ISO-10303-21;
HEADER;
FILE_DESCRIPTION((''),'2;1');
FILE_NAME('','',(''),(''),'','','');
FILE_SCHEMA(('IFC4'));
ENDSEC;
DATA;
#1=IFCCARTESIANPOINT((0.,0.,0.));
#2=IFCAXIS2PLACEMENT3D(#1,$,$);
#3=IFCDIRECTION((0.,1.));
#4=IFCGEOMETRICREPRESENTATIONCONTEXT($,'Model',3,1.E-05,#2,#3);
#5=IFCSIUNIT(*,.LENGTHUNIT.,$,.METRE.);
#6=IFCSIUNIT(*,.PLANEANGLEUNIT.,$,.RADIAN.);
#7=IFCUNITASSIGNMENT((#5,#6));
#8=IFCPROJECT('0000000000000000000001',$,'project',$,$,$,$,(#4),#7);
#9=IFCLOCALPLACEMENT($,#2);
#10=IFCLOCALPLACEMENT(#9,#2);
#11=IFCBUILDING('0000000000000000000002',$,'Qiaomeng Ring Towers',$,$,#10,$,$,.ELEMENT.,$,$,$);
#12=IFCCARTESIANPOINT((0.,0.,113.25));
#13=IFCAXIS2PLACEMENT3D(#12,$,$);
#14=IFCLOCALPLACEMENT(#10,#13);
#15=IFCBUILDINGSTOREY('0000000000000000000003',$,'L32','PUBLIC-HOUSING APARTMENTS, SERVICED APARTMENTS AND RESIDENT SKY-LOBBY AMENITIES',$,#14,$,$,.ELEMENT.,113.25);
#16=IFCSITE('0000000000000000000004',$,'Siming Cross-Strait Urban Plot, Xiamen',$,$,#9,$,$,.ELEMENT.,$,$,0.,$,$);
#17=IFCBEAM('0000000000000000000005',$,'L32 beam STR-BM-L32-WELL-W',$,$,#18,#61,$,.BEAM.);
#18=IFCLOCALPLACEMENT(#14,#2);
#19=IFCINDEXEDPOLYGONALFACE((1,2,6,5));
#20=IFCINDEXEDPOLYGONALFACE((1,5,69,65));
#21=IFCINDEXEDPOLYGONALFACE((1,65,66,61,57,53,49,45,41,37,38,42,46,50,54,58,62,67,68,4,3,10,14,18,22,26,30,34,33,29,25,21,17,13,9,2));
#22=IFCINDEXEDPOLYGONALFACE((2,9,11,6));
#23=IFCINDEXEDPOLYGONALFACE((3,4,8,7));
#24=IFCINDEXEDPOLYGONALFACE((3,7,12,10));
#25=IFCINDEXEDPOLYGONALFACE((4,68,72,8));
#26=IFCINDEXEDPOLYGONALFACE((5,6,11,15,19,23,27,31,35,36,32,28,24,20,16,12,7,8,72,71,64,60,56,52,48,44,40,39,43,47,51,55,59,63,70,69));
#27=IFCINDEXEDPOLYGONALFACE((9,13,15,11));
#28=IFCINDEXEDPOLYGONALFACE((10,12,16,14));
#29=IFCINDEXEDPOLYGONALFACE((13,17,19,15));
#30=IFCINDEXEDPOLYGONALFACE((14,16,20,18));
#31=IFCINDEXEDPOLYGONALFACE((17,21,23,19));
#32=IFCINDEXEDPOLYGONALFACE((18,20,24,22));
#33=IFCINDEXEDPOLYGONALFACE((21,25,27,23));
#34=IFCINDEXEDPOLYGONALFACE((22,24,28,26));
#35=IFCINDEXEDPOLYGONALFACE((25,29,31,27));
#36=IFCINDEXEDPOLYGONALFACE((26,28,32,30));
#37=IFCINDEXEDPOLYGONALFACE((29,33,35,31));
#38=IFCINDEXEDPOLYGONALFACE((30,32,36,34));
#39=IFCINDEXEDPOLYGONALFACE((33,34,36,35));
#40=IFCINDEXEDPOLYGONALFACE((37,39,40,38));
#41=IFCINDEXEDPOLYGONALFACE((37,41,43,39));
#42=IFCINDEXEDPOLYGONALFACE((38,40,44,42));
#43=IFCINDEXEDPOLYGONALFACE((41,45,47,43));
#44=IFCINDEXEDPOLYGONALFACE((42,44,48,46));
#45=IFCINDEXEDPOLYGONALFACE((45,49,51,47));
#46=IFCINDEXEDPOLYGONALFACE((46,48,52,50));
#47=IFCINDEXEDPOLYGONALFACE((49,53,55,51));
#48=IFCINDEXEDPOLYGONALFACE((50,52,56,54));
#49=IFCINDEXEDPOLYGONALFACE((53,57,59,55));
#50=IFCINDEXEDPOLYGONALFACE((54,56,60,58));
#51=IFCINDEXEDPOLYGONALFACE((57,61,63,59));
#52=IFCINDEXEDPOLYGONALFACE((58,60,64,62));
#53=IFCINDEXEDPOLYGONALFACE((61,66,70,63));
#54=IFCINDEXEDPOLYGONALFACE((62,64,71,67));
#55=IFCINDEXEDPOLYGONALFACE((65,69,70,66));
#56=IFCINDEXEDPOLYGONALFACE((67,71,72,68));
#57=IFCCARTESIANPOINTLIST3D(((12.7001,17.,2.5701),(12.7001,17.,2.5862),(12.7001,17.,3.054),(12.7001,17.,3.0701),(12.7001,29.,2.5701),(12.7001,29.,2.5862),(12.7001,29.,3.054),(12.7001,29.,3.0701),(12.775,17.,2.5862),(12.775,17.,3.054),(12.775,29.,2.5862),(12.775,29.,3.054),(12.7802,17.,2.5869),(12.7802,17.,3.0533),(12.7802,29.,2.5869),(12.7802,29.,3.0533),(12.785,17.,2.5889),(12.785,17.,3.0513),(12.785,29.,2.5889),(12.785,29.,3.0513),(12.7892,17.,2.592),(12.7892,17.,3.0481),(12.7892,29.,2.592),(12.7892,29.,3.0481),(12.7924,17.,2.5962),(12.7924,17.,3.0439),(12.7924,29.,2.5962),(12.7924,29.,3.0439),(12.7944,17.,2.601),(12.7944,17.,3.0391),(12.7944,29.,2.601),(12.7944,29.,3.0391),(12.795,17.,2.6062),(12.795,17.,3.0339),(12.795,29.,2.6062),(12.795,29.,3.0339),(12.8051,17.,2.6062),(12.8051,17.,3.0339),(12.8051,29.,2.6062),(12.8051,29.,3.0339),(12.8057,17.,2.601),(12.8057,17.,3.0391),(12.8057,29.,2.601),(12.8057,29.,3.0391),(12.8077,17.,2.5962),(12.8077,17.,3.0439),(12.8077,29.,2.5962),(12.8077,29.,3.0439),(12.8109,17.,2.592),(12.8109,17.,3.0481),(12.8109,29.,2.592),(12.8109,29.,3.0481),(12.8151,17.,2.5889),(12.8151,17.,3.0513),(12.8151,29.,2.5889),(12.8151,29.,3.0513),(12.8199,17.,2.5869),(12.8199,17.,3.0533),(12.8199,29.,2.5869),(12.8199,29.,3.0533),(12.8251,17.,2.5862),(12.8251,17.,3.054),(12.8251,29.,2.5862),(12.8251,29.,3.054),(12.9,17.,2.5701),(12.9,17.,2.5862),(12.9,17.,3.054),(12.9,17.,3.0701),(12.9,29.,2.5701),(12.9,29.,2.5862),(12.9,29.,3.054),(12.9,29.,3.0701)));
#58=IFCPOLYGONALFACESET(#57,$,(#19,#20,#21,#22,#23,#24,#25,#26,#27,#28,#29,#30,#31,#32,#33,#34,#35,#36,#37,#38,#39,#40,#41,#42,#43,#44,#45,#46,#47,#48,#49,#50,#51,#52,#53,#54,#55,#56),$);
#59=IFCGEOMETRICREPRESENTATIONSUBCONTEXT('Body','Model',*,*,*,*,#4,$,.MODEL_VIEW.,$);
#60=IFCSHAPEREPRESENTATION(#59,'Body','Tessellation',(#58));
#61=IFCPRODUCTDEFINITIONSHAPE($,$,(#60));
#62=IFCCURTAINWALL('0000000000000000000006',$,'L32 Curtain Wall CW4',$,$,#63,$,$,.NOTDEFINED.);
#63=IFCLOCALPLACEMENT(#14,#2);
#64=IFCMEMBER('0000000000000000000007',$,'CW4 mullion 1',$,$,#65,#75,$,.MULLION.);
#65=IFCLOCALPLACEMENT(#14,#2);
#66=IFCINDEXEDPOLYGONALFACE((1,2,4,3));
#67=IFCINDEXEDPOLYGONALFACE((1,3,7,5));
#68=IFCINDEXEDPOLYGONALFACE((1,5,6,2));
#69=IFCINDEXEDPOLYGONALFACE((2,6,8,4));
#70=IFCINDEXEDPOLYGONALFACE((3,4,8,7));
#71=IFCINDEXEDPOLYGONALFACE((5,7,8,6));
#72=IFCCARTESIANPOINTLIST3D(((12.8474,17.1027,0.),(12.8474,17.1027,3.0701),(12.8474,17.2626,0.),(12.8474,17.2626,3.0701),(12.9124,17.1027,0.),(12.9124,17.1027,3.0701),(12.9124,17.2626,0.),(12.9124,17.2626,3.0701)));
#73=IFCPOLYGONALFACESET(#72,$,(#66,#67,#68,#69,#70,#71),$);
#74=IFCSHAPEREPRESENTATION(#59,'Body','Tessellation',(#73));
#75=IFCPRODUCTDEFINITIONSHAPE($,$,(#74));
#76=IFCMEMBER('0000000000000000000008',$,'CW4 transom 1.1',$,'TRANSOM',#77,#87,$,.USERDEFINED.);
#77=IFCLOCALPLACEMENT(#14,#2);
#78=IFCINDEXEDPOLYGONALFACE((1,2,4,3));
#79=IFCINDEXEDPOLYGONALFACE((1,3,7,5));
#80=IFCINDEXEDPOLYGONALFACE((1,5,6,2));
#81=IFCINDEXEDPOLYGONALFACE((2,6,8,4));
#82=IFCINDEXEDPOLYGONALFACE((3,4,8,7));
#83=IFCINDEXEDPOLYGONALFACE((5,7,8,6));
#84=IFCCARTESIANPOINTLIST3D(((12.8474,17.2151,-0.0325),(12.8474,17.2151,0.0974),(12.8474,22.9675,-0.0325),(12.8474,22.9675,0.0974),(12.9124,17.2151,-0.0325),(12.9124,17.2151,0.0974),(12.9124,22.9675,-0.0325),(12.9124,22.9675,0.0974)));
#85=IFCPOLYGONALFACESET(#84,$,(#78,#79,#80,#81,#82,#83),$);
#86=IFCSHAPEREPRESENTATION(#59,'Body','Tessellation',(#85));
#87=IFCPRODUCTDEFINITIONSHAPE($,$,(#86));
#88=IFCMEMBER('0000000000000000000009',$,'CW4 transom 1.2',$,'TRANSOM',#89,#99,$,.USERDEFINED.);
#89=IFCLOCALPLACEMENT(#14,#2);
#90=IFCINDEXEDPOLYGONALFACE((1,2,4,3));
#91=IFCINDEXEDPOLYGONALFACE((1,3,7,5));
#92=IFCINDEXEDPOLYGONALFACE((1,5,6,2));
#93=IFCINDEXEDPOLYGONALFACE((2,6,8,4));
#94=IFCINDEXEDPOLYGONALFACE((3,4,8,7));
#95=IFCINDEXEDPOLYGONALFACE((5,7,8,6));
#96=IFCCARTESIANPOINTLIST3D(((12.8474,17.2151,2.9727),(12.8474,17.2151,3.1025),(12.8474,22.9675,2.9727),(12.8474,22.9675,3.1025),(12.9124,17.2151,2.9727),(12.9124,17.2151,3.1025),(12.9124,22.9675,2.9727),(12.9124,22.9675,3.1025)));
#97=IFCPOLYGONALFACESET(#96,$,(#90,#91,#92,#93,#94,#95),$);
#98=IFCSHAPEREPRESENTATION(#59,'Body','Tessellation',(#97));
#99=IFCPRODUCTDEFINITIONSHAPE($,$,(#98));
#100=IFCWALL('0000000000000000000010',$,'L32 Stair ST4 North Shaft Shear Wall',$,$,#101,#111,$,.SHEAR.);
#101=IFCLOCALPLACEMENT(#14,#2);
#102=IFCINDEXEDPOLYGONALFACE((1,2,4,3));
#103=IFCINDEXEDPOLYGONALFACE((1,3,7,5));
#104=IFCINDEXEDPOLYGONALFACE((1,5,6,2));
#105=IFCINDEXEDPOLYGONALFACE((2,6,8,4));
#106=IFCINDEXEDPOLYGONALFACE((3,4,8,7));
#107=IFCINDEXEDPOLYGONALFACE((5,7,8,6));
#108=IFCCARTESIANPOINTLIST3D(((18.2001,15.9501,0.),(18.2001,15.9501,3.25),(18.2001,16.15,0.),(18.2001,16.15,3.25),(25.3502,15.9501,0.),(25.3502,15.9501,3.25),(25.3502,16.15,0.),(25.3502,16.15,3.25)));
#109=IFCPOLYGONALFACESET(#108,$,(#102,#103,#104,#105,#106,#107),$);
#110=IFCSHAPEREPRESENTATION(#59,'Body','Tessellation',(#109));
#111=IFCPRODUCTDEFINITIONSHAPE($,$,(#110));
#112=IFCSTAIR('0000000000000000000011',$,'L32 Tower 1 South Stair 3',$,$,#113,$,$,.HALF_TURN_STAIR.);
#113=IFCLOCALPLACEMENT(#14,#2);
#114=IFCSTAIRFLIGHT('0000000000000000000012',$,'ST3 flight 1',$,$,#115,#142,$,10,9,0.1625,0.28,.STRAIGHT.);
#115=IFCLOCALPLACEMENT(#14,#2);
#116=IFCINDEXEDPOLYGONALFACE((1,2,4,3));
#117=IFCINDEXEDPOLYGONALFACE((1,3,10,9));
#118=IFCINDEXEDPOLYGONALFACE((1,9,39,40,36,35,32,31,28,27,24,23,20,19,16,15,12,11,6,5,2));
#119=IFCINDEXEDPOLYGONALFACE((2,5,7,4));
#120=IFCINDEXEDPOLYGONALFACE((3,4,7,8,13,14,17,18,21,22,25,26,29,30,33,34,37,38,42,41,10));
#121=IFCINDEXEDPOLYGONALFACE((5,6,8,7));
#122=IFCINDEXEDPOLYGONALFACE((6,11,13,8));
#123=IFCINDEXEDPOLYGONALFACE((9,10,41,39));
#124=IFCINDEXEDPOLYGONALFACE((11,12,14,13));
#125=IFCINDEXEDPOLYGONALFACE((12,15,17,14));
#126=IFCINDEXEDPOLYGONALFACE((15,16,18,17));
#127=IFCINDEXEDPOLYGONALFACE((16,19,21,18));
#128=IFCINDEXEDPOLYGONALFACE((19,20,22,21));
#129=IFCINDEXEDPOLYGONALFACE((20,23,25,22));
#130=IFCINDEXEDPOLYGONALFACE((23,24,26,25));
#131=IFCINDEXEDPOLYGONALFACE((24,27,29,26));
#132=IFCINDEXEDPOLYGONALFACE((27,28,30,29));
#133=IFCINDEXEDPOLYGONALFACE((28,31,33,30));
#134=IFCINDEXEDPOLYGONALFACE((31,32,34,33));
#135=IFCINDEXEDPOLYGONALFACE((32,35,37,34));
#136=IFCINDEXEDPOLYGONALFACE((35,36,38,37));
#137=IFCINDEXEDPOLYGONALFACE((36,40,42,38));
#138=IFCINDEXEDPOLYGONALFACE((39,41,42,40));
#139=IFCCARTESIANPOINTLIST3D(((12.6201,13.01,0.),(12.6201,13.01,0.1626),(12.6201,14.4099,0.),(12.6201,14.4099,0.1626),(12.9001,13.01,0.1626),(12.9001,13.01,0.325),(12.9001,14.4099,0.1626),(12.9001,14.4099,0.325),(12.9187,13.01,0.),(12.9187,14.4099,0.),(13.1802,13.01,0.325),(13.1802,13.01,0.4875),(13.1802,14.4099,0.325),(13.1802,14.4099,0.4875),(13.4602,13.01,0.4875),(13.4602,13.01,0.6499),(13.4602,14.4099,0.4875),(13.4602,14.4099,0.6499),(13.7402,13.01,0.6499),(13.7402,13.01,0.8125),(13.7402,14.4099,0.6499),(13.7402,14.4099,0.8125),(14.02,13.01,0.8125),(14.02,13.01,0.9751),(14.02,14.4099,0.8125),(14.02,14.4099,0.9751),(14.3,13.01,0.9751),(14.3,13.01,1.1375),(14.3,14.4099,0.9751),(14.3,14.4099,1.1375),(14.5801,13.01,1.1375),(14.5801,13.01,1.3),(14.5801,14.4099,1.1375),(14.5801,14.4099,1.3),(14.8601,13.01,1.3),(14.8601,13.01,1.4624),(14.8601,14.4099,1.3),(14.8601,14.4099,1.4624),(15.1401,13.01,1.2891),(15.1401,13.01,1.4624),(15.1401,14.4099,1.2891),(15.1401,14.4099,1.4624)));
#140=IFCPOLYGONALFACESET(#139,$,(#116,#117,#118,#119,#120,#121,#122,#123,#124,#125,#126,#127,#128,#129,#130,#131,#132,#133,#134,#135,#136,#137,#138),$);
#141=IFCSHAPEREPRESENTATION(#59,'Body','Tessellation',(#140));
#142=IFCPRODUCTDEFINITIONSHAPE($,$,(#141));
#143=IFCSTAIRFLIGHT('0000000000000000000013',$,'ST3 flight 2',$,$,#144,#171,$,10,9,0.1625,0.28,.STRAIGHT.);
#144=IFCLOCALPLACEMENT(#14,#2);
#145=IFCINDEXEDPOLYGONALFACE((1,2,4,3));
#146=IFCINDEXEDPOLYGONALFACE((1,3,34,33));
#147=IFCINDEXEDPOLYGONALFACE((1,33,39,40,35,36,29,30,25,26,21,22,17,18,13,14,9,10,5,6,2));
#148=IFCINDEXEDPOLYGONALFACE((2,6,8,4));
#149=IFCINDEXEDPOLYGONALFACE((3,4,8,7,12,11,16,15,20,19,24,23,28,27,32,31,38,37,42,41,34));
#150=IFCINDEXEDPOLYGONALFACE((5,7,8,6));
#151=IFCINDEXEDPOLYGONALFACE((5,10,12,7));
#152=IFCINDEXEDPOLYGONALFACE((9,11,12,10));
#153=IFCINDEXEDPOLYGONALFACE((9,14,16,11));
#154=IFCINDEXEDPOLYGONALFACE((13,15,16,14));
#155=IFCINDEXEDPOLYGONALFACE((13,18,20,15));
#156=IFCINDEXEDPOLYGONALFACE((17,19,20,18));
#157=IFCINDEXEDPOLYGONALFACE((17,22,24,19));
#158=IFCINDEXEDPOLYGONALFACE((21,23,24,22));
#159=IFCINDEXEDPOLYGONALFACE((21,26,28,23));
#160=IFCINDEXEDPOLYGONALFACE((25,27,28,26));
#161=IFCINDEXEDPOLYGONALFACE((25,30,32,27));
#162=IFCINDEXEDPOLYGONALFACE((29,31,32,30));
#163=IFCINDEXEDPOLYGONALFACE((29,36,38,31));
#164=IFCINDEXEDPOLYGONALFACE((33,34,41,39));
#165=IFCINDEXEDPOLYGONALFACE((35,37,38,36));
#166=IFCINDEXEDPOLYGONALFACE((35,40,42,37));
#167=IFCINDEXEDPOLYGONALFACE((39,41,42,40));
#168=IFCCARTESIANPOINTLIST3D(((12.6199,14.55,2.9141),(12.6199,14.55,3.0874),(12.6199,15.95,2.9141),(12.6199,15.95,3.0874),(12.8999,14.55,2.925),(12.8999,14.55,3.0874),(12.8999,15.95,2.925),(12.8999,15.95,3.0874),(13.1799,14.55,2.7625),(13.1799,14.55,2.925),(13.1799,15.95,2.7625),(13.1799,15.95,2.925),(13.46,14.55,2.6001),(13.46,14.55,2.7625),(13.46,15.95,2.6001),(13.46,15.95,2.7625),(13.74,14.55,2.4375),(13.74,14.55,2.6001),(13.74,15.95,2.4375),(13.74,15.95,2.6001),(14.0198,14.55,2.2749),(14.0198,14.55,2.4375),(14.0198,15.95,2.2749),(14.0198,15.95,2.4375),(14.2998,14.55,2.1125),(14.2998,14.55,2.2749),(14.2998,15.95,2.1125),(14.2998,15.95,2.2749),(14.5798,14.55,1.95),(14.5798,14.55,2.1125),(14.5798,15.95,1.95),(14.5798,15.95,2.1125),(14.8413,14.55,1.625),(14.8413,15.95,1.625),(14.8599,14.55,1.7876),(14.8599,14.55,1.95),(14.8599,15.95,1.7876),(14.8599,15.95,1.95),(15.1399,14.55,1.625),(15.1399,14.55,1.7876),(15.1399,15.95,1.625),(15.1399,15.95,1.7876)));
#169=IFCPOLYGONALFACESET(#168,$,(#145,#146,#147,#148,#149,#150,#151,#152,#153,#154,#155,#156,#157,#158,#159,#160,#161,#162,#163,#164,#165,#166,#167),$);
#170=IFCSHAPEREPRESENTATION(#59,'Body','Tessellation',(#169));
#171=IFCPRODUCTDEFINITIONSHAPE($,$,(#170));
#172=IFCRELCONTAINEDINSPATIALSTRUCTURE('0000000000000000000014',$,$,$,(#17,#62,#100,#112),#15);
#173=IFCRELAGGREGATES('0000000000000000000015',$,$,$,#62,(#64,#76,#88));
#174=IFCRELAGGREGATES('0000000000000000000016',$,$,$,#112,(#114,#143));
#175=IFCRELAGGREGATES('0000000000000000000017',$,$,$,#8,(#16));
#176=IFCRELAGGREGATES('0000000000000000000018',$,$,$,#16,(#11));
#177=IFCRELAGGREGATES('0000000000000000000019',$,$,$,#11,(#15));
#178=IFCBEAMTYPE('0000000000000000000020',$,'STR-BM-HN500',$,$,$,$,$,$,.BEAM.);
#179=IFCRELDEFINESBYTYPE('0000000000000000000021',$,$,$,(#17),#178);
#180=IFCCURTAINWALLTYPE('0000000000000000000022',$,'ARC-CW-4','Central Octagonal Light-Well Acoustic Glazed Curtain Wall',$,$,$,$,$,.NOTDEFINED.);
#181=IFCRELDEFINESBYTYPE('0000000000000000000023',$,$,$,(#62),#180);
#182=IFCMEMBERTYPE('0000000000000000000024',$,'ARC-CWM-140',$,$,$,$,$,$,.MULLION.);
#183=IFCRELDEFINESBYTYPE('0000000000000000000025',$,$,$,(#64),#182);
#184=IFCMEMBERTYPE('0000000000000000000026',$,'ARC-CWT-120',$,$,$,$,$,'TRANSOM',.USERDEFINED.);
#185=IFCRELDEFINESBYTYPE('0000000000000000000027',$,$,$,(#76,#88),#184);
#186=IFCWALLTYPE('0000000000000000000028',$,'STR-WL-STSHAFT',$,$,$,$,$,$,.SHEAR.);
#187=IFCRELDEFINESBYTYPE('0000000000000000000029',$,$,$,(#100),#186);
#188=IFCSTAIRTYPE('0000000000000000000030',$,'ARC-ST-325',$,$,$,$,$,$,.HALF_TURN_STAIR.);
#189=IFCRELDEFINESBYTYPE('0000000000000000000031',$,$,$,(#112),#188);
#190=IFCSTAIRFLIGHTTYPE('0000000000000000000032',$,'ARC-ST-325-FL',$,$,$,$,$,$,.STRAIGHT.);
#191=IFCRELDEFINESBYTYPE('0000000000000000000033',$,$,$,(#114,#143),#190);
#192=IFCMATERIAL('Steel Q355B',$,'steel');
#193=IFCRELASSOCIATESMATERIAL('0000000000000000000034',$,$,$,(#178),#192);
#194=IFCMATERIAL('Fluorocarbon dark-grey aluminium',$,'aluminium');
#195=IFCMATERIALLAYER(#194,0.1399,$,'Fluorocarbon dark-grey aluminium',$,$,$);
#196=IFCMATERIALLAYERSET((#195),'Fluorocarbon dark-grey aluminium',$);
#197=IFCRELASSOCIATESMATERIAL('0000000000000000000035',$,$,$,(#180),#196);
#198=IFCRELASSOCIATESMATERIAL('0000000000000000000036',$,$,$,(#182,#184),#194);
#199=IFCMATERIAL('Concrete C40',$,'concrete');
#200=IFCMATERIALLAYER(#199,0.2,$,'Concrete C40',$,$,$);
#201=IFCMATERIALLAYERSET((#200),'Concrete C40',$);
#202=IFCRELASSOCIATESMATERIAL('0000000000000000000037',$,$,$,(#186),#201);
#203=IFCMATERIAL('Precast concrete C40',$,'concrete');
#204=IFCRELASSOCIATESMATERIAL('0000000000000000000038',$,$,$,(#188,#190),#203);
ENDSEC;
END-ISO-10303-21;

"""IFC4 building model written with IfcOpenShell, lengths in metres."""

from ifc_helpers import new_model, si_unit, direction, frame, frame_2d, origin, origin_2d, place, context, subcontext, project, spatial, polyline, rectangle, i_section, outline, extrude, source, transform, mapped, material, layer, layer_set, material_profile, profile_set, type_object, element, aggregate, save


model = new_model("IFC4")

# Units and contexts
model_context = context("Model", 3, precision=1e-05, world=origin(), true_north=direction((0.0, 1.0)))
body_context = subcontext(model_context, "Body", "Model", "MODEL_VIEW")
ifc_project = project(units=[si_unit("LENGTHUNIT", "METRE"), si_unit("PLANEANGLEUNIT", "RADIAN")], contexts=[model_context])

# Site, building, storey
site_placement = place(None, origin())
site = spatial("IfcSite", under=ifc_project, at=site_placement, Name="Siming Cross-Strait Urban Plot, Xiamen", CompositionType="ELEMENT", RefElevation=0.0)
building_placement = place(site_placement, origin())
building = spatial("IfcBuilding", under=site, at=building_placement, Name="Qiaomeng Ring Towers", CompositionType="ELEMENT")
storey_placement = place(building_placement, frame((0.0, 0.0, 113.25)))
storey = spatial("IfcBuildingStorey", under=building, at=storey_placement, Name="L32", Description="PUBLIC-HOUSING APARTMENTS, SERVICED APARTMENTS AND RESIDENT SKY-LOBBY AMENITIES", CompositionType="ELEMENT", Elevation=113.25)

# Beam
ifc_material_1 = material(Name="Steel Q355B", Category="steel")
ifc_material_profile_1 = material_profile(ifc_material_1, i_section(OverallWidth=0.2, OverallDepth=0.5, WebThickness=0.01, FlangeThickness=0.0161, FilletRadius=0.02, at=origin_2d()), Name="HN 500x200x10x16")
ifc_profile_set_1 = profile_set([ifc_material_profile_1], Name="Steel Q355B")
beam_type = type_object("IfcBeamType", Name="STR-BM-HN500", PredefinedType="BEAM", material=ifc_profile_set_1)
shared_shape_1 = source(origin(), body_context, "Body", "SweptSolid", [
    extrude(i_section(OverallWidth=0.2, OverallDepth=0.5, WebThickness=0.01, FlangeThickness=0.0161, FilletRadius=0.02, at=origin_2d()), origin(), (0.0, 0.0, 1.0), 12.0),
])
beam_placement = place(storey_placement, frame((12.8, 17.0, 2.8201), z_axis=(0.0, 1.0, 0.0), x_axis=(-1.0, 0.0, 0.0)))
element("IfcBeam", 1, at=beam_placement, inside=storey, type_object=beam_type, Name="L32 beam STR-BM-L32-WELL-W", PredefinedType="BEAM", context=body_context, shape_type="MappedRepresentation", body=[
    mapped(shared_shape_1, transform((0.0, 0.0, 0.0), x_axis=(1.0, 0.0, 0.0), y_axis=(0.0, 1.0, 0.0), z_axis=(0.0, 0.0, 1.0), scale=1.0)),
])

# Curtain wall, members
ifc_material_2 = material(Name="Fluorocarbon dark-grey aluminium", Category="aluminium")
ifc_layer_1 = layer(ifc_material_2, 0.1399, Name="Fluorocarbon dark-grey aluminium")
ifc_layer_set_1 = layer_set([ifc_layer_1], Name="Fluorocarbon dark-grey aluminium")
curtain_wall_type = type_object("IfcCurtainWallType", Name="ARC-CW-4", Description="Central Octagonal Light-Well Acoustic Glazed Curtain Wall", PredefinedType="NOTDEFINED", material=ifc_layer_set_1)
curtain_wall_placement = place(storey_placement, origin())
curtain_wall = element("IfcCurtainWall", 2, at=curtain_wall_placement, inside=storey, type_object=curtain_wall_type, Name="L32 Curtain Wall CW4", PredefinedType="NOTDEFINED")
ifc_material_profile_2 = material_profile(ifc_material_2, rectangle(XDim=0.0649, YDim=0.1599, at=origin_2d()), Name="ALU MULL 65x160")
ifc_profile_set_2 = profile_set([ifc_material_profile_2], Name="Fluorocarbon dark-grey aluminium")
member_type_1 = type_object("IfcMemberType", Name="ARC-CWM-140", PredefinedType="MULLION", material=ifc_profile_set_2)
shared_shape_2 = source(origin(), body_context, "Body", "SweptSolid", [
    extrude(rectangle(XDim=0.0649, YDim=0.1599, at=origin_2d()), origin(), (0.0, 0.0, 1.0), 3.0701),
])
member_1_placement = place(storey_placement, frame((12.8799, 17.1826, 0.0), z_axis=(0.0, 0.0, 1.0), x_axis=(-1.0, 0.0, 0.0)))
member_1 = element("IfcMember", 3, at=member_1_placement, type_object=member_type_1, Name="CW4 mullion 1", PredefinedType="MULLION", context=body_context, shape_type="MappedRepresentation", body=[
    mapped(shared_shape_2, transform((0.0, 0.0, 0.0), x_axis=(1.0, 0.0, 0.0), y_axis=(0.0, 1.0, 0.0), z_axis=(0.0, 0.0, 1.0), scale=1.0)),
])
ifc_material_profile_3 = material_profile(ifc_material_2, rectangle(XDim=0.0649, YDim=0.1299, at=origin_2d()), Name="ALU TRAN 65x130")
ifc_profile_set_3 = profile_set([ifc_material_profile_3], Name="Fluorocarbon dark-grey aluminium")
member_type_2 = type_object("IfcMemberType", Name="ARC-CWT-120", ElementType="TRANSOM", PredefinedType="USERDEFINED", material=ifc_profile_set_3)
shared_shape_3 = source(origin(), body_context, "Body", "SweptSolid", [
    extrude(rectangle(XDim=0.0649, YDim=0.1299, at=origin_2d()), origin(), (0.0, 0.0, 1.0), 5.7524),
])
member_2_placement = place(storey_placement, frame((12.8799, 17.2151, 0.0325), z_axis=(0.0, 1.0, 0.0), x_axis=(-1.0, 0.0, 0.0)))
member_2 = element("IfcMember", 4, at=member_2_placement, type_object=member_type_2, Name="CW4 transom 1.1", ObjectType="TRANSOM", PredefinedType="USERDEFINED", context=body_context, shape_type="MappedRepresentation", body=[
    mapped(shared_shape_3, transform((0.0, 0.0, 0.0), x_axis=(1.0, 0.0, 0.0), y_axis=(0.0, 1.0, 0.0), z_axis=(0.0, 0.0, 1.0), scale=1.0)),
])
member_3_placement = place(storey_placement, frame((12.8799, 17.2151, 3.0376), z_axis=(0.0, 1.0, 0.0), x_axis=(-1.0, 0.0, 0.0)))
member_3 = element("IfcMember", 5, at=member_3_placement, type_object=member_type_2, Name="CW4 transom 1.2", ObjectType="TRANSOM", PredefinedType="USERDEFINED", context=body_context, shape_type="MappedRepresentation", body=[
    mapped(shared_shape_3, transform((0.0, 0.0, 0.0), x_axis=(1.0, 0.0, 0.0), y_axis=(0.0, 1.0, 0.0), z_axis=(0.0, 0.0, 1.0), scale=1.0)),
])
aggregate(curtain_wall, [member_1, member_2, member_3])

# Wall
ifc_material_3 = material(Name="Concrete C40", Category="concrete")
ifc_layer_2 = layer(ifc_material_3, 0.2, Name="Concrete C40")
ifc_layer_set_2 = layer_set([ifc_layer_2], Name="Concrete C40")
wall_type = type_object("IfcWallType", Name="STR-WL-STSHAFT", PredefinedType="SHEAR", material=ifc_layer_set_2)
wall_placement = place(storey_placement, frame((18.2, 16.05, 0.0), z_axis=(0.0, 0.0, 1.0), x_axis=(1.0, 0.0, 0.0)))
element("IfcWall", 6, at=wall_placement, inside=storey, type_object=wall_type, Name="L32 Stair ST4 North Shaft Shear Wall", PredefinedType="SHEAR", context=body_context, shape_type="SweptSolid", body=[
    extrude(rectangle(XDim=7.1501, YDim=0.2, at=frame_2d((3.5752, 0.0))), origin(), (0.0, 0.0, 1.0), 3.25),
])

# Stair, stair flights
ifc_material_4 = material(Name="Precast concrete C40", Category="concrete")
stair_type = type_object("IfcStairType", Name="ARC-ST-325", PredefinedType="HALF_TURN_STAIR", material=ifc_material_4)
stair_1_placement = place(storey_placement, origin())
stair_1 = element("IfcStair", 7, at=stair_1_placement, inside=storey, type_object=stair_type, Name="L32 Tower 1 South Stair 3", PredefinedType="HALF_TURN_STAIR")
stair_flight_type = type_object("IfcStairFlightType", Name="ARC-ST-325-FL", PredefinedType="STRAIGHT", material=ifc_material_4)
shared_shape_4 = source(origin(), body_context, "Body", "SweptSolid", [
    extrude(outline(polyline([(0.0, 0.0), (0.0, 0.1626), (0.28, 0.1626), (0.28, 0.325), (0.5601, 0.325), (0.5601, 0.4875), (0.8401, 0.4875), (0.8401, 0.6499), (1.1201, 0.6499), (1.1201, 0.8125), (1.3999, 0.8125), (1.3999, 0.9751), (1.6799, 0.9751), (1.6799, 1.1375), (1.96, 1.1375), (1.96, 1.3), (2.24, 1.3), (2.24, 1.4624), (2.52, 1.4624), (2.52, 1.625), (2.52, 1.2891), (0.2986, 0.0), (0.0, 0.0)])), frame((0.0, 0.7, 0.0), z_axis=(0.0, -1.0, 0.0), x_axis=(1.0, 0.0, 0.0)), (0.0, 0.0, 1.0), 1.3999),
])
stair_flight_1_placement = place(storey_placement, frame((12.6201, 13.71, 0.0), z_axis=(0.0, 0.0, 1.0), x_axis=(1.0, 0.0, 0.0)))
stair_flight_1 = element("IfcStairFlight", 8, at=stair_flight_1_placement, type_object=stair_flight_type, Name="ST3 flight 1", NumberOfRisers=10, NumberOfTreads=9, PredefinedType="STRAIGHT", RiserHeight=0.1625, TreadLength=0.28, context=body_context, shape_type="MappedRepresentation", body=[
    mapped(shared_shape_4, transform((0.0, 0.0, 0.0), x_axis=(1.0, 0.0, 0.0), y_axis=(0.0, 1.0, 0.0), z_axis=(0.0, 0.0, 1.0), scale=1.0)),
])
stair_flight_2_placement = place(storey_placement, frame((15.1399, 15.25, 1.625), z_axis=(0.0, 0.0, 1.0), x_axis=(-1.0, 0.0, 0.0)))
stair_flight_2 = element("IfcStairFlight", 9, at=stair_flight_2_placement, type_object=stair_flight_type, Name="ST3 flight 2", NumberOfRisers=10, NumberOfTreads=9, PredefinedType="STRAIGHT", RiserHeight=0.1625, TreadLength=0.28, context=body_context, shape_type="MappedRepresentation", body=[
    mapped(shared_shape_4, transform((0.0, 0.0, 0.0), x_axis=(1.0, 0.0, 0.0), y_axis=(0.0, 1.0, 0.0), z_axis=(0.0, 0.0, 1.0), scale=1.0)),
])
aggregate(stair_1, [stair_flight_1, stair_flight_2])

save(model, "model.ifc")
